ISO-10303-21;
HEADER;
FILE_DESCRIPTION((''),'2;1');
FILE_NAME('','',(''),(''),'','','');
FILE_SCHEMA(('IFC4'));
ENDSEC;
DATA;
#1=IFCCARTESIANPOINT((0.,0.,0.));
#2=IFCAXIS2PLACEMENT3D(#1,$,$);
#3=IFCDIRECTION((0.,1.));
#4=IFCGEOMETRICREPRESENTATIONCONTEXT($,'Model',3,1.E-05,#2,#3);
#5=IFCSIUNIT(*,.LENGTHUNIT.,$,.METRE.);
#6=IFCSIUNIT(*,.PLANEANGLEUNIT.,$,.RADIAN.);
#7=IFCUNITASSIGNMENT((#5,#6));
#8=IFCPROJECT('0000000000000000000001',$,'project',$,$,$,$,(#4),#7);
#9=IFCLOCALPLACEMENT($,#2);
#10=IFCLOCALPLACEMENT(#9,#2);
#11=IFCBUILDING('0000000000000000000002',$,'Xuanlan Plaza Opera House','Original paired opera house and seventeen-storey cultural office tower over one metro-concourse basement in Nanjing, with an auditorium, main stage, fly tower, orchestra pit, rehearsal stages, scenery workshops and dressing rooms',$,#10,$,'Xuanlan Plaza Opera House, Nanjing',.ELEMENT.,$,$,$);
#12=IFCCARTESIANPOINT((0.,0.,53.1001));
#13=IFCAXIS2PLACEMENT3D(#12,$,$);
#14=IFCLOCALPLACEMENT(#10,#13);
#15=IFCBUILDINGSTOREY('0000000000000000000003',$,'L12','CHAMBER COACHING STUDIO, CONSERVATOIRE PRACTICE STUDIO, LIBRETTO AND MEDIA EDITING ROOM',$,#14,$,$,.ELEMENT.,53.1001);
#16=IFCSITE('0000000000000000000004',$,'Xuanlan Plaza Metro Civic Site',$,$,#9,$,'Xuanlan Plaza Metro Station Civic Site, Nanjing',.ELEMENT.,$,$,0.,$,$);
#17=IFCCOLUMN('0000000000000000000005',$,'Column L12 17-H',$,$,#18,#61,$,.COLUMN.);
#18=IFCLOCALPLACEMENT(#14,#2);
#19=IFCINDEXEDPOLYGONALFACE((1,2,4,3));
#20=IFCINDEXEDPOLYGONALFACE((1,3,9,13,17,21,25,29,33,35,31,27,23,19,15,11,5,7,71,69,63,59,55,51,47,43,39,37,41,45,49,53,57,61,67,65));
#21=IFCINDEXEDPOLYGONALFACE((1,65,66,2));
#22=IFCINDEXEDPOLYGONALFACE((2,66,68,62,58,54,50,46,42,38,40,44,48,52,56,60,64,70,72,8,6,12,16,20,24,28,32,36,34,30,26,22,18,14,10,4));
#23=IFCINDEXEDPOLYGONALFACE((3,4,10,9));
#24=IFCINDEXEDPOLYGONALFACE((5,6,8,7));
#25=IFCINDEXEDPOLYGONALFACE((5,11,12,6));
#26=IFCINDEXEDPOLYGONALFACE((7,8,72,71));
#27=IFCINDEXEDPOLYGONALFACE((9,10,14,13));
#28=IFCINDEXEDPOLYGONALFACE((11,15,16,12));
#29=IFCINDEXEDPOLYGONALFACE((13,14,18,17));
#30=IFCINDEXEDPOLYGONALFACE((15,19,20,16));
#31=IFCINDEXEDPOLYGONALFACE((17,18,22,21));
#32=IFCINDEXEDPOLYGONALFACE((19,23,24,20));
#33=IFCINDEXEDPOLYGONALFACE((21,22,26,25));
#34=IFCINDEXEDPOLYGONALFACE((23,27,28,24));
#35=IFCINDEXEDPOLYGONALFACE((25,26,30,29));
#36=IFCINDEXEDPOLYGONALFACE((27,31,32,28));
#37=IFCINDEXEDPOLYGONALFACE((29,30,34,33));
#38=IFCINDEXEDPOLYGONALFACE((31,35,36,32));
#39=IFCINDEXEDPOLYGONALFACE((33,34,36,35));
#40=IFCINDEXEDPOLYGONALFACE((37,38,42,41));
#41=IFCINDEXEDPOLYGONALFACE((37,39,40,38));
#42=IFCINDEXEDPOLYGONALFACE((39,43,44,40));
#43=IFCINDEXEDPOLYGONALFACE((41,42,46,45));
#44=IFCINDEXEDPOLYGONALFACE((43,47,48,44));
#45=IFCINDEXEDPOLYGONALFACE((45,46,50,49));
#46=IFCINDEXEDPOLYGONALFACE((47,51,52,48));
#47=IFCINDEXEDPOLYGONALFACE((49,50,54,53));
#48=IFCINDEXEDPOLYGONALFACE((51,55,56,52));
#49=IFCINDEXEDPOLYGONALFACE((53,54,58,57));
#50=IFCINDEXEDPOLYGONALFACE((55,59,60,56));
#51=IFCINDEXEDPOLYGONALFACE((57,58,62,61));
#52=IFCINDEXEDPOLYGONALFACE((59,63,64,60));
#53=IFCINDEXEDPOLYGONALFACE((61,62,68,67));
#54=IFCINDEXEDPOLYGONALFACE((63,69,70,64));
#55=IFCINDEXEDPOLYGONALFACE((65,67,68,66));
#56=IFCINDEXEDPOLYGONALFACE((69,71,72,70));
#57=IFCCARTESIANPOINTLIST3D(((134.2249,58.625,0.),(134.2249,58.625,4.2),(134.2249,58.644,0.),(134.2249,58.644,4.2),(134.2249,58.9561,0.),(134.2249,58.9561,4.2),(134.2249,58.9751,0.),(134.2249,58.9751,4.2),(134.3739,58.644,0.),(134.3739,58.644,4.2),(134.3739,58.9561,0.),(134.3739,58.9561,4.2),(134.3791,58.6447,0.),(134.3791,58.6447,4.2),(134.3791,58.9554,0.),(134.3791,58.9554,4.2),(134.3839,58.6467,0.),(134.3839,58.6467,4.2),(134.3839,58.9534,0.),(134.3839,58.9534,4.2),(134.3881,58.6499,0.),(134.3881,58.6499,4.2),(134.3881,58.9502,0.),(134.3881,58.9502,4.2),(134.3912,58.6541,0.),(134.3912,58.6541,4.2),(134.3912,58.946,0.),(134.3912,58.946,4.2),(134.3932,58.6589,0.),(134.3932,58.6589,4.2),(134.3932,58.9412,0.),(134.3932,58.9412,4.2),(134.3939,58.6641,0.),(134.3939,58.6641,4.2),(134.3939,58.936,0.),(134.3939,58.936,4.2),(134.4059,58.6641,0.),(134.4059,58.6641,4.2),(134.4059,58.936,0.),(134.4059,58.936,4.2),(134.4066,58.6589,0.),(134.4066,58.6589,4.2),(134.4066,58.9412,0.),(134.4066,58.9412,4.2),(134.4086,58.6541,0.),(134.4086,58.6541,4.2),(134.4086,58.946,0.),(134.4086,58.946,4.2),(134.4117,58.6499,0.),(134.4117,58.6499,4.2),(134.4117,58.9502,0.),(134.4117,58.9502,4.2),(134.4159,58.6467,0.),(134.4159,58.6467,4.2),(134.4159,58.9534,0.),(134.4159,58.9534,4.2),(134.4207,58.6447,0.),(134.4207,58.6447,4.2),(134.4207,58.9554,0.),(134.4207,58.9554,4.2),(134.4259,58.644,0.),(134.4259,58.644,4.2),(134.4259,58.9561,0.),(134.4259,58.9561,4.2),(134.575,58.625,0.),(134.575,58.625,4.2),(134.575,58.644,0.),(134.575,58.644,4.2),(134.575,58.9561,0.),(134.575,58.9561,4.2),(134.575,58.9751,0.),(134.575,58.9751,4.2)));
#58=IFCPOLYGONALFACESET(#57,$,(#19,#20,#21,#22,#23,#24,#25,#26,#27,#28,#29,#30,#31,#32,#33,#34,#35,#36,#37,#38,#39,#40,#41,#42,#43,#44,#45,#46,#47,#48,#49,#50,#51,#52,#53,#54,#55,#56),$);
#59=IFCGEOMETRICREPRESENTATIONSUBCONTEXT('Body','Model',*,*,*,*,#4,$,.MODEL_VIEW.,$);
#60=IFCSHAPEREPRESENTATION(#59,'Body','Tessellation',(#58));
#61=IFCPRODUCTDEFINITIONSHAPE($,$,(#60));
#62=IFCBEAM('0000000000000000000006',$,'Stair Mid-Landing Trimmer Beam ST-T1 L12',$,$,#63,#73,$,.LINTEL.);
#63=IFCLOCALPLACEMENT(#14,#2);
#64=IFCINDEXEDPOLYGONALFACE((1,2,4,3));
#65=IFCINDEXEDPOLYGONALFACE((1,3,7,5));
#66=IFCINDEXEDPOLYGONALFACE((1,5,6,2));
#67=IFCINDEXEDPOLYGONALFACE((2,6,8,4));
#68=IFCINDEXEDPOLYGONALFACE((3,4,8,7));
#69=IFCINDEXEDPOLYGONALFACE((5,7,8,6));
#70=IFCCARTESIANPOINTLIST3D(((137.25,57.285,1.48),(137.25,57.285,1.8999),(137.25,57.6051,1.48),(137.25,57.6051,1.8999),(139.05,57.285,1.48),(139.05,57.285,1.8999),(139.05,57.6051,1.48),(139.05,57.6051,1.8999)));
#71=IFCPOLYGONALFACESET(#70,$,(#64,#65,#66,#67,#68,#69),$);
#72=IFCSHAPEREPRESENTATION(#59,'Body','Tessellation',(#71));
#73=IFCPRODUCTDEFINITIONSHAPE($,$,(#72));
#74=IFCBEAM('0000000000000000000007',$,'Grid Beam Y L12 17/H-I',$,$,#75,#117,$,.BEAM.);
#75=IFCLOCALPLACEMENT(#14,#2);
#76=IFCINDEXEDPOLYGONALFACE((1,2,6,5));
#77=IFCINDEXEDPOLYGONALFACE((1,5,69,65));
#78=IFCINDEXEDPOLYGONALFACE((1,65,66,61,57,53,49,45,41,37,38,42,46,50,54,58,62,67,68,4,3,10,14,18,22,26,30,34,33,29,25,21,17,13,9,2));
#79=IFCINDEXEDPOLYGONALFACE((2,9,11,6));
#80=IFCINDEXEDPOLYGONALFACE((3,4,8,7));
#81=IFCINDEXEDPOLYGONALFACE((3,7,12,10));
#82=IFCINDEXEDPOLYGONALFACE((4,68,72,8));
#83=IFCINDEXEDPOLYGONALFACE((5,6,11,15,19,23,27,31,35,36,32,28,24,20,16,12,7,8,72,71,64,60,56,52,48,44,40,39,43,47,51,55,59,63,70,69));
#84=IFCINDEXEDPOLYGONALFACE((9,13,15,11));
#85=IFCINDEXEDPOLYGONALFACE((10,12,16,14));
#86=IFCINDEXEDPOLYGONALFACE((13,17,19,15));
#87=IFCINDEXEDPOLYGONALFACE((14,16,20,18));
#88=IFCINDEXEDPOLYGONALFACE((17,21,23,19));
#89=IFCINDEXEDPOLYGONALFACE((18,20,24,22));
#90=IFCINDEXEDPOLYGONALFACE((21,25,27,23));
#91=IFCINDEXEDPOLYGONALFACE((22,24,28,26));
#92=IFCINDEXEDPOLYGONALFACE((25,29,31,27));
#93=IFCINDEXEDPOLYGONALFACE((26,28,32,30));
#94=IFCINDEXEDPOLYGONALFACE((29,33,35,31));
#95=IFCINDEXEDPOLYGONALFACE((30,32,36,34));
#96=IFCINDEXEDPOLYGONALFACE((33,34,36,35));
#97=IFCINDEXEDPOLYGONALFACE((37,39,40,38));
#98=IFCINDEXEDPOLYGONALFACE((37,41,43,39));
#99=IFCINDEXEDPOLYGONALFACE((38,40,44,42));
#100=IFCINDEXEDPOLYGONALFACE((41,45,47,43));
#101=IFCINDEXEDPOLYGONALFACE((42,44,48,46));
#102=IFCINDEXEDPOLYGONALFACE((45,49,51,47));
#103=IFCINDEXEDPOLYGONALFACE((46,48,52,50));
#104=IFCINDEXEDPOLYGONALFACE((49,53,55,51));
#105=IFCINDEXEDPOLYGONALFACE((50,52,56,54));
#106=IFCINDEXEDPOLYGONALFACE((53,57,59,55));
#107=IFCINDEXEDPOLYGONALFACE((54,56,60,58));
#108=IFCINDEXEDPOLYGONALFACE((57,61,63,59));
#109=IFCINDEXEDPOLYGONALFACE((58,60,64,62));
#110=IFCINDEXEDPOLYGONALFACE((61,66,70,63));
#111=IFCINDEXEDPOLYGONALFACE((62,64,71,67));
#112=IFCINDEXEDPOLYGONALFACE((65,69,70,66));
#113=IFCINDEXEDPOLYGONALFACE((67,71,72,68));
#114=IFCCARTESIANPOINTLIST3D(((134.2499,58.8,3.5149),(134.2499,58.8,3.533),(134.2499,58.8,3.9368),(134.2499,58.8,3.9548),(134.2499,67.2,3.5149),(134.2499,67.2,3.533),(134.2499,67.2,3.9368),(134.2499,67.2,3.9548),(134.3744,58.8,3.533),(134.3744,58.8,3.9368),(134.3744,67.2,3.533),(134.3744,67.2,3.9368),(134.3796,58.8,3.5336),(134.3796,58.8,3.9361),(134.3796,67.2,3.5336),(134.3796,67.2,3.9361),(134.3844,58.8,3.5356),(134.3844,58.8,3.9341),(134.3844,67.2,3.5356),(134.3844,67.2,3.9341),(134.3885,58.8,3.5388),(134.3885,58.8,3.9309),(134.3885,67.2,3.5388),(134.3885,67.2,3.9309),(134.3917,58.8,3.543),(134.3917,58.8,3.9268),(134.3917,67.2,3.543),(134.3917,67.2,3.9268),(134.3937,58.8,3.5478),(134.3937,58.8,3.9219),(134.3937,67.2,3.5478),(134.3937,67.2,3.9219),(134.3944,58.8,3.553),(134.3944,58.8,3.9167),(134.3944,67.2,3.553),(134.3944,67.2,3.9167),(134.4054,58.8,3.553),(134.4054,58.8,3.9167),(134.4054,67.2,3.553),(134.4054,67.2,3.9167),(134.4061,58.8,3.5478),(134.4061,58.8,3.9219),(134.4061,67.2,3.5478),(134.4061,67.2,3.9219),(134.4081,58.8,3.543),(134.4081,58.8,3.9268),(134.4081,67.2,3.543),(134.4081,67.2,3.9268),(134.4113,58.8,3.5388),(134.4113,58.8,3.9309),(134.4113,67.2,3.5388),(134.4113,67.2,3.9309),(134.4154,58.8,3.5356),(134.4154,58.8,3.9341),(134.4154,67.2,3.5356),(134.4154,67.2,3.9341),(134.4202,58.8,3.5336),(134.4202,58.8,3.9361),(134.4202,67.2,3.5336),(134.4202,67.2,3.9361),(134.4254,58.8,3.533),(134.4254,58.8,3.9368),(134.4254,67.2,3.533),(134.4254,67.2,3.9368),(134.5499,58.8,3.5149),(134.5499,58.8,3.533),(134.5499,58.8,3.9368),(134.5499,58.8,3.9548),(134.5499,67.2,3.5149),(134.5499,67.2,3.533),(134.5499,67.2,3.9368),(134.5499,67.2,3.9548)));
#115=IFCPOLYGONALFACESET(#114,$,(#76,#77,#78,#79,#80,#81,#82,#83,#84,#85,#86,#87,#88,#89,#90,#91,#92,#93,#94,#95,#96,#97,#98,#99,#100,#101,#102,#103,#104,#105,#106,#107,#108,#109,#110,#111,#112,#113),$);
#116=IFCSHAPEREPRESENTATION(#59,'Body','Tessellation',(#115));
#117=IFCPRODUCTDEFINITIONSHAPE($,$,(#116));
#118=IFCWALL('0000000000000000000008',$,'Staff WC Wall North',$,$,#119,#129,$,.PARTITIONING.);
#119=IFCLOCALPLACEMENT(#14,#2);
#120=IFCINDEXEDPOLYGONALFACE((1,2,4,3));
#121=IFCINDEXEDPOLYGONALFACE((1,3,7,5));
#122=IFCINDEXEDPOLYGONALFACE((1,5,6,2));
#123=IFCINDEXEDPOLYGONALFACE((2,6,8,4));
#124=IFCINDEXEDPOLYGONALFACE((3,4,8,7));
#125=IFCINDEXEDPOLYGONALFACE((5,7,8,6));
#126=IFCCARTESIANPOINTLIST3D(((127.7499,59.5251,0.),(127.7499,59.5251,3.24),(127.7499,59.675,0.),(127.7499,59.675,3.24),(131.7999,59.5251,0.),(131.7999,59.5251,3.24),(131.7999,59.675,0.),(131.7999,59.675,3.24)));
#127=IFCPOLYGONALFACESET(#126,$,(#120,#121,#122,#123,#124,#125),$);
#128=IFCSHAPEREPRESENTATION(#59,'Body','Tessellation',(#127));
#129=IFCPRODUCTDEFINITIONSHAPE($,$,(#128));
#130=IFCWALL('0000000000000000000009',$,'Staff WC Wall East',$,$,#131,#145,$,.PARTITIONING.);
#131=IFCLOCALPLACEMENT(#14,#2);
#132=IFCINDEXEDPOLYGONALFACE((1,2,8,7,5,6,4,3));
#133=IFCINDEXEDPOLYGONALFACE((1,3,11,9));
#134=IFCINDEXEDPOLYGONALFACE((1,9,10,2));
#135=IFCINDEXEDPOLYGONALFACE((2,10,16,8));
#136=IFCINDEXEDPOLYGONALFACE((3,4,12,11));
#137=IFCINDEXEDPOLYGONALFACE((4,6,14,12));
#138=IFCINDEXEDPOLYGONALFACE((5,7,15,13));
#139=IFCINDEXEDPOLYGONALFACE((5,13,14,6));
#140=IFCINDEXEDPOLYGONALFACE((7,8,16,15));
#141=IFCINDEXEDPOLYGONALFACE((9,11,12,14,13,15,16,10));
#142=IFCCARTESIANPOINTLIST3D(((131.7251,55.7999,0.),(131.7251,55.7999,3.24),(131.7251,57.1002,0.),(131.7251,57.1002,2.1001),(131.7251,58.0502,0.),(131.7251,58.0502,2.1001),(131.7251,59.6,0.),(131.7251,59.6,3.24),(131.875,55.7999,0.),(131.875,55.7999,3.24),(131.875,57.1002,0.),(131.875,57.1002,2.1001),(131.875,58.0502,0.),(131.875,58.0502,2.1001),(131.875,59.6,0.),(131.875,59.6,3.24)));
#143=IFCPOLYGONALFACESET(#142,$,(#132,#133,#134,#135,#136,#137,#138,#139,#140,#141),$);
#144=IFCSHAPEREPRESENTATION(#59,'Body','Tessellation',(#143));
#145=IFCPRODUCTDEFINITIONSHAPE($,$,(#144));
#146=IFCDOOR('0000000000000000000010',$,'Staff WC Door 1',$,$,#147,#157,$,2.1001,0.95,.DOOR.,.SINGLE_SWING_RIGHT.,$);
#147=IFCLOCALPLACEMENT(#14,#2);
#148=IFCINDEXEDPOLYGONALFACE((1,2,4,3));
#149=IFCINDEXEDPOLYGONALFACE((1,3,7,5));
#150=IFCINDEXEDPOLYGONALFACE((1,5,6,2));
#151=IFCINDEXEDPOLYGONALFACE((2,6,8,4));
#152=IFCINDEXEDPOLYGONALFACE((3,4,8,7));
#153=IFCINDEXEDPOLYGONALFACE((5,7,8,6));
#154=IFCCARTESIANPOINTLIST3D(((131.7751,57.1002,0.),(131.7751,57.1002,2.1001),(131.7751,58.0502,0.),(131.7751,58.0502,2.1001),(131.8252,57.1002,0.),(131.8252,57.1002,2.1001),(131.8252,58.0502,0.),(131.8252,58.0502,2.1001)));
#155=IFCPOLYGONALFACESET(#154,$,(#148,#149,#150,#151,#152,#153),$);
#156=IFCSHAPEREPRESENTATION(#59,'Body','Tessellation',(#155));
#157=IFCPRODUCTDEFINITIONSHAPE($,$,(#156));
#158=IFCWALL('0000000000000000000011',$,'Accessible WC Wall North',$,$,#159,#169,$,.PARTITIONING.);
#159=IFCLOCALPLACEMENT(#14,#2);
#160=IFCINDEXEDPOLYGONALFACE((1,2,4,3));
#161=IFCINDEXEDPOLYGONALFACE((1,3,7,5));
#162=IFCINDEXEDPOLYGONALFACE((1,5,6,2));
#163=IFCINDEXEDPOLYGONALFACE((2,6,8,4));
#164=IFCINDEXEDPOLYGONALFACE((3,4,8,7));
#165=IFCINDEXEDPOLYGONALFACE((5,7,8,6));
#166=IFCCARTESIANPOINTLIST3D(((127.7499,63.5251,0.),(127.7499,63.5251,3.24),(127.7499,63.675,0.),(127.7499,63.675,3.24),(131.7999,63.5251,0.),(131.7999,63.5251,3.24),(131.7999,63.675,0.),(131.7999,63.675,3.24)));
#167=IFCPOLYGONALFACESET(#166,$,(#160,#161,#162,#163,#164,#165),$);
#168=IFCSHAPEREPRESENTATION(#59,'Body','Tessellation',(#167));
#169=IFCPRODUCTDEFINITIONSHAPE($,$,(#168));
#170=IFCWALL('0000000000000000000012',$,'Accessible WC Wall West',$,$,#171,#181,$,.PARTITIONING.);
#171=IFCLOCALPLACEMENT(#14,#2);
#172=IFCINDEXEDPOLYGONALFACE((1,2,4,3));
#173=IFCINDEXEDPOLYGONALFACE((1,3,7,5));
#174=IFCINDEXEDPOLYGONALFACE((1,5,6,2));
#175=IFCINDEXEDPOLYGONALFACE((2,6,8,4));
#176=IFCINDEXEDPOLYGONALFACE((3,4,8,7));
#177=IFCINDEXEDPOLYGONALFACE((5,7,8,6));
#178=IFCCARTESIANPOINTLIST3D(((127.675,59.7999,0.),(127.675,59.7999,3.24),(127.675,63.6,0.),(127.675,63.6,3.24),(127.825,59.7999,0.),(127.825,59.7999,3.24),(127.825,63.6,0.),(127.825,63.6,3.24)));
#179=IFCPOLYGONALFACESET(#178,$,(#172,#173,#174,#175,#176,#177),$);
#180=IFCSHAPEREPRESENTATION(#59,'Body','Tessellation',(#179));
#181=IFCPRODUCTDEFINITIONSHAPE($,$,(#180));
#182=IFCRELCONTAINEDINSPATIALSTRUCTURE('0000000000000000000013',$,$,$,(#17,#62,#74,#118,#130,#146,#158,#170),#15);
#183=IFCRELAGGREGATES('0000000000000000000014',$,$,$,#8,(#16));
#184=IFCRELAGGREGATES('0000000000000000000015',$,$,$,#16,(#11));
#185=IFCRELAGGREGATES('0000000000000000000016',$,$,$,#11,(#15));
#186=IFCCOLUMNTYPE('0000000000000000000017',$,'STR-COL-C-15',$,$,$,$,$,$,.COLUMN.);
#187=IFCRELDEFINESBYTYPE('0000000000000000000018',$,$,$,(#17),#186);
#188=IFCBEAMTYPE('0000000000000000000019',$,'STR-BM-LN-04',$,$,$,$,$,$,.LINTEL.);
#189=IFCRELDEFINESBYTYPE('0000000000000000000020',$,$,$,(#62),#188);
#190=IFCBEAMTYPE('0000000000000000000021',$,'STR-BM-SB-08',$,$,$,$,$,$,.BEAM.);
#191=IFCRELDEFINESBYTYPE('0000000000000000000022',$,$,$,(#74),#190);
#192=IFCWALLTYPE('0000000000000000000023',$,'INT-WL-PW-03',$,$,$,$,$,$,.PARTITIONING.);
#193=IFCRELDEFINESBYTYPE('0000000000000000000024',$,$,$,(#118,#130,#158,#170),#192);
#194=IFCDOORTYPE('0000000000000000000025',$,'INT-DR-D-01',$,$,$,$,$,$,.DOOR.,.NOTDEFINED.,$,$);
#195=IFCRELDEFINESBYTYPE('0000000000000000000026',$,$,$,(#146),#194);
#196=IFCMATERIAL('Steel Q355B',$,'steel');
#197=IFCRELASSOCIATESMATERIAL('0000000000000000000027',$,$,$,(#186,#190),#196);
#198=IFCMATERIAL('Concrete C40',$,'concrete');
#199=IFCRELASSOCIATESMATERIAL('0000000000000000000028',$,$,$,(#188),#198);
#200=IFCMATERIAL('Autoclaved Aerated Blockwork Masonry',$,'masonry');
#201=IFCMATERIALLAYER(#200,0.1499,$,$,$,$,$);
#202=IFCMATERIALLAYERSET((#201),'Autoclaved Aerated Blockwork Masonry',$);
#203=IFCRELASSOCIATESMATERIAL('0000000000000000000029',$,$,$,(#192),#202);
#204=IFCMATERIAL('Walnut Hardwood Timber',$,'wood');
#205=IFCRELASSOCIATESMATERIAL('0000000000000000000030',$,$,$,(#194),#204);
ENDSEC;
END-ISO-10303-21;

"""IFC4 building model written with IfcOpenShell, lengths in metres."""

from ifc_helpers import new_model, si_unit, direction, frame, frame_2d, origin, origin_2d, place, context, subcontext, project, spatial, rectangle, i_section, extrude, material, layer, layer_set, material_profile, profile_set, type_object, element, fill, save


model = new_model("IFC4")

# Units and contexts
model_context = context("Model", 3, precision=1e-05, world=origin(), true_north=direction((0.0, 1.0)))
body_context = subcontext(model_context, "Body", "Model", "MODEL_VIEW")
ifc_project = project(units=[si_unit("LENGTHUNIT", "METRE"), si_unit("PLANEANGLEUNIT", "RADIAN")], contexts=[model_context])

# Site, building, storey
site_placement = place(None, origin())
site = spatial("IfcSite", under=ifc_project, at=site_placement, Name="Xuanlan Plaza Metro Civic Site", LongName="Xuanlan Plaza Metro Station Civic Site, Nanjing", CompositionType="ELEMENT", RefElevation=0.0)
building_placement = place(site_placement, origin())
building = spatial("IfcBuilding", under=site, at=building_placement, Name="Xuanlan Plaza Opera House", Description="Original paired opera house and seventeen-storey cultural office tower over one metro-concourse basement in Nanjing, with an auditorium, main stage, fly tower, orchestra pit, rehearsal stages, scenery workshops and dressing rooms", LongName="Xuanlan Plaza Opera House, Nanjing", CompositionType="ELEMENT")
storey_placement = place(building_placement, frame((0.0, 0.0, 53.1001)))
storey = spatial("IfcBuildingStorey", under=building, at=storey_placement, Name="L12", Description="CHAMBER COACHING STUDIO, CONSERVATOIRE PRACTICE STUDIO, LIBRETTO AND MEDIA EDITING ROOM", CompositionType="ELEMENT", Elevation=53.1001)

# Column
ifc_material_1 = material(Name="Steel Q355B", Category="steel")
ifc_material_profile_1 = material_profile(ifc_material_1, i_section(OverallWidth=0.3501, OverallDepth=0.3501, WebThickness=0.012, FlangeThickness=0.019, FilletRadius=0.02, at=origin_2d()), Name="HW 350x350x12x19")
ifc_profile_set_1 = profile_set([ifc_material_profile_1], Name="Steel Q355B")
column_type = type_object("IfcColumnType", Name="STR-COL-C-15", PredefinedType="COLUMN", material=ifc_profile_set_1)
column_placement = place(storey_placement, frame((134.3999, 58.8, 0.0), z_axis=(0.0, 0.0, 1.0), x_axis=(1.0, 0.0, 0.0)))
element("IfcColumn", 1, at=column_placement, inside=storey, type_object=column_type, Name="Column L12 17-H", PredefinedType="COLUMN", context=body_context, shape_type="SweptSolid", body=[
    extrude(i_section(OverallWidth=0.3501, OverallDepth=0.3501, WebThickness=0.012, FlangeThickness=0.019, FilletRadius=0.02, at=origin_2d()), origin(), (0.0, 0.0, 1.0), 4.2),
])

# Beams
ifc_material_2 = material(Name="Concrete C40", Category="concrete")
ifc_material_profile_2 = material_profile(ifc_material_2, rectangle(XDim=0.3201, YDim=0.4199, at=origin_2d()), Name="RC-LNT 320x420")
ifc_profile_set_2 = profile_set([ifc_material_profile_2], Name="Concrete C40")
beam_type_1 = type_object("IfcBeamType", Name="STR-BM-LN-04", PredefinedType="LINTEL", material=ifc_profile_set_2)
beam_1_placement = place(storey_placement, frame((137.25, 57.4451, 1.6899), z_axis=(1.0, 0.0, 0.0), x_axis=(0.0, 1.0, 0.0)))
element("IfcBeam", 2, at=beam_1_placement, inside=storey, type_object=beam_type_1, Name="Stair Mid-Landing Trimmer Beam ST-T1 L12", PredefinedType="LINTEL", context=body_context, shape_type="SweptSolid", body=[
    extrude(rectangle(XDim=0.3201, YDim=0.4199, at=origin_2d()), origin(), (0.0, 0.0, 1.0), 1.8),
])
ifc_material_profile_3 = material_profile(ifc_material_1, i_section(OverallWidth=0.3, OverallDepth=0.4399, WebThickness=0.011, FlangeThickness=0.0181, FilletRadius=0.02, at=origin_2d()), Name="HM 440x300x11x18")
ifc_profile_set_3 = profile_set([ifc_material_profile_3], Name="Steel Q355B")
beam_type_2 = type_object("IfcBeamType", Name="STR-BM-SB-08", PredefinedType="BEAM", material=ifc_profile_set_3)
beam_2_placement = place(storey_placement, frame((134.3999, 58.8, 3.7349), z_axis=(0.0, 1.0, 0.0), x_axis=(-1.0, 0.0, 0.0)))
element("IfcBeam", 3, at=beam_2_placement, inside=storey, type_object=beam_type_2, Name="Grid Beam Y L12 17/H-I", PredefinedType="BEAM", context=body_context, shape_type="SweptSolid", body=[
    extrude(i_section(OverallWidth=0.3, OverallDepth=0.4399, WebThickness=0.011, FlangeThickness=0.0181, FilletRadius=0.02, at=origin_2d()), origin(), (0.0, 0.0, 1.0), 8.3999),
])

# Wall
ifc_material_3 = material(Name="Autoclaved Aerated Blockwork Masonry", Category="masonry")
ifc_layer_1 = layer(ifc_material_3, 0.1499)
ifc_layer_set_1 = layer_set([ifc_layer_1], Name="Autoclaved Aerated Blockwork Masonry")
wall_type_1 = type_object("IfcWallType", Name="INT-WL-PW-03", PredefinedType="PARTITIONING", material=ifc_layer_set_1)
wall_1_placement = place(storey_placement, frame((127.75, 59.6001, 0.0), z_axis=(0.0, 0.0, 1.0), x_axis=(1.0, 0.0, 0.0)))
element("IfcWall", 4, at=wall_1_placement, inside=storey, type_object=wall_type_1, Name="Staff WC Wall North", PredefinedType="PARTITIONING", context=body_context, shape_type="SweptSolid", body=[
    extrude(rectangle(XDim=4.05, YDim=0.1499, at=frame_2d((2.0249, 0.0))), origin(), (0.0, 0.0, 1.0), 3.24),
])

# Wall, opening, door
wall_2_placement = place(storey_placement, frame((131.8, 55.8, 0.0), z_axis=(0.0, 0.0, 1.0), x_axis=(0.0, 1.0, 0.0)))
wall_2 = element("IfcWall", 5, at=wall_2_placement, inside=storey, type_object=wall_type_1, Name="Staff WC Wall East", PredefinedType="PARTITIONING", context=body_context, shape_type="SweptSolid", body=[
    extrude(rectangle(XDim=3.8, YDim=0.1499, at=frame_2d((1.8999, 0.0))), origin(), (0.0, 0.0, 1.0), 3.24),
])
opening_1_placement = place(wall_2_placement, frame((1.3, 0.0, 0.0)))
opening_1 = element("IfcOpeningElement", 6, at=opening_1_placement, cuts=wall_2, PredefinedType="OPENING", context=body_context, shape_type="SweptSolid", body=[
    extrude(rectangle(XDim=0.95, YDim=2.1001, at=frame_2d((0.4751, 1.05))), frame((0.0, 0.085, 0.0), z_axis=(0.0, -1.0, 0.0), x_axis=(1.0, 0.0, 0.0)), (0.0, 0.0, 1.0), 0.1699),
])
ifc_material_4 = material(Name="Walnut Hardwood Timber", Category="wood")
door_type_1 = type_object("IfcDoorType", Name="INT-DR-D-01", OperationType="NOTDEFINED", PredefinedType="DOOR", material=ifc_material_4)
door_1_placement = place(opening_1_placement, origin())
door_1 = element("IfcDoor", 7, at=door_1_placement, inside=storey, type_object=door_type_1, Name="Staff WC Door 1", OperationType="SINGLE_SWING_RIGHT", OverallHeight=2.1001, OverallWidth=0.95, PredefinedType="DOOR", context=body_context, shape_type="SweptSolid", body=[
    extrude(rectangle(XDim=0.95, YDim=2.1001, at=frame_2d((0.4751, 1.05))), frame((0.0, 0.0249, 0.0), z_axis=(0.0, -1.0, 0.0), x_axis=(1.0, 0.0, 0.0)), (0.0, 0.0, 1.0), 0.05),
])
fill(opening_1, door_1)

# Walls
wall_3_placement = place(storey_placement, frame((127.75, 63.6001, 0.0), z_axis=(0.0, 0.0, 1.0), x_axis=(1.0, 0.0, 0.0)))
element("IfcWall", 8, at=wall_3_placement, inside=storey, type_object=wall_type_1, Name="Accessible WC Wall North", PredefinedType="PARTITIONING", context=body_context, shape_type="SweptSolid", body=[
    extrude(rectangle(XDim=4.05, YDim=0.1499, at=frame_2d((2.0249, 0.0))), origin(), (0.0, 0.0, 1.0), 3.24),
])
wall_4_placement = place(storey_placement, frame((127.75, 59.8, 0.0), z_axis=(0.0, 0.0, 1.0), x_axis=(0.0, 1.0, 0.0)))
element("IfcWall", 9, at=wall_4_placement, inside=storey, type_object=wall_type_1, Name="Accessible WC Wall West", PredefinedType="PARTITIONING", context=body_context, shape_type="SweptSolid", body=[
    extrude(rectangle(XDim=3.8, YDim=0.1499, at=frame_2d((1.8999, 0.0))), origin(), (0.0, 0.0, 1.0), 3.24),
])

save(model, "model.ifc")
